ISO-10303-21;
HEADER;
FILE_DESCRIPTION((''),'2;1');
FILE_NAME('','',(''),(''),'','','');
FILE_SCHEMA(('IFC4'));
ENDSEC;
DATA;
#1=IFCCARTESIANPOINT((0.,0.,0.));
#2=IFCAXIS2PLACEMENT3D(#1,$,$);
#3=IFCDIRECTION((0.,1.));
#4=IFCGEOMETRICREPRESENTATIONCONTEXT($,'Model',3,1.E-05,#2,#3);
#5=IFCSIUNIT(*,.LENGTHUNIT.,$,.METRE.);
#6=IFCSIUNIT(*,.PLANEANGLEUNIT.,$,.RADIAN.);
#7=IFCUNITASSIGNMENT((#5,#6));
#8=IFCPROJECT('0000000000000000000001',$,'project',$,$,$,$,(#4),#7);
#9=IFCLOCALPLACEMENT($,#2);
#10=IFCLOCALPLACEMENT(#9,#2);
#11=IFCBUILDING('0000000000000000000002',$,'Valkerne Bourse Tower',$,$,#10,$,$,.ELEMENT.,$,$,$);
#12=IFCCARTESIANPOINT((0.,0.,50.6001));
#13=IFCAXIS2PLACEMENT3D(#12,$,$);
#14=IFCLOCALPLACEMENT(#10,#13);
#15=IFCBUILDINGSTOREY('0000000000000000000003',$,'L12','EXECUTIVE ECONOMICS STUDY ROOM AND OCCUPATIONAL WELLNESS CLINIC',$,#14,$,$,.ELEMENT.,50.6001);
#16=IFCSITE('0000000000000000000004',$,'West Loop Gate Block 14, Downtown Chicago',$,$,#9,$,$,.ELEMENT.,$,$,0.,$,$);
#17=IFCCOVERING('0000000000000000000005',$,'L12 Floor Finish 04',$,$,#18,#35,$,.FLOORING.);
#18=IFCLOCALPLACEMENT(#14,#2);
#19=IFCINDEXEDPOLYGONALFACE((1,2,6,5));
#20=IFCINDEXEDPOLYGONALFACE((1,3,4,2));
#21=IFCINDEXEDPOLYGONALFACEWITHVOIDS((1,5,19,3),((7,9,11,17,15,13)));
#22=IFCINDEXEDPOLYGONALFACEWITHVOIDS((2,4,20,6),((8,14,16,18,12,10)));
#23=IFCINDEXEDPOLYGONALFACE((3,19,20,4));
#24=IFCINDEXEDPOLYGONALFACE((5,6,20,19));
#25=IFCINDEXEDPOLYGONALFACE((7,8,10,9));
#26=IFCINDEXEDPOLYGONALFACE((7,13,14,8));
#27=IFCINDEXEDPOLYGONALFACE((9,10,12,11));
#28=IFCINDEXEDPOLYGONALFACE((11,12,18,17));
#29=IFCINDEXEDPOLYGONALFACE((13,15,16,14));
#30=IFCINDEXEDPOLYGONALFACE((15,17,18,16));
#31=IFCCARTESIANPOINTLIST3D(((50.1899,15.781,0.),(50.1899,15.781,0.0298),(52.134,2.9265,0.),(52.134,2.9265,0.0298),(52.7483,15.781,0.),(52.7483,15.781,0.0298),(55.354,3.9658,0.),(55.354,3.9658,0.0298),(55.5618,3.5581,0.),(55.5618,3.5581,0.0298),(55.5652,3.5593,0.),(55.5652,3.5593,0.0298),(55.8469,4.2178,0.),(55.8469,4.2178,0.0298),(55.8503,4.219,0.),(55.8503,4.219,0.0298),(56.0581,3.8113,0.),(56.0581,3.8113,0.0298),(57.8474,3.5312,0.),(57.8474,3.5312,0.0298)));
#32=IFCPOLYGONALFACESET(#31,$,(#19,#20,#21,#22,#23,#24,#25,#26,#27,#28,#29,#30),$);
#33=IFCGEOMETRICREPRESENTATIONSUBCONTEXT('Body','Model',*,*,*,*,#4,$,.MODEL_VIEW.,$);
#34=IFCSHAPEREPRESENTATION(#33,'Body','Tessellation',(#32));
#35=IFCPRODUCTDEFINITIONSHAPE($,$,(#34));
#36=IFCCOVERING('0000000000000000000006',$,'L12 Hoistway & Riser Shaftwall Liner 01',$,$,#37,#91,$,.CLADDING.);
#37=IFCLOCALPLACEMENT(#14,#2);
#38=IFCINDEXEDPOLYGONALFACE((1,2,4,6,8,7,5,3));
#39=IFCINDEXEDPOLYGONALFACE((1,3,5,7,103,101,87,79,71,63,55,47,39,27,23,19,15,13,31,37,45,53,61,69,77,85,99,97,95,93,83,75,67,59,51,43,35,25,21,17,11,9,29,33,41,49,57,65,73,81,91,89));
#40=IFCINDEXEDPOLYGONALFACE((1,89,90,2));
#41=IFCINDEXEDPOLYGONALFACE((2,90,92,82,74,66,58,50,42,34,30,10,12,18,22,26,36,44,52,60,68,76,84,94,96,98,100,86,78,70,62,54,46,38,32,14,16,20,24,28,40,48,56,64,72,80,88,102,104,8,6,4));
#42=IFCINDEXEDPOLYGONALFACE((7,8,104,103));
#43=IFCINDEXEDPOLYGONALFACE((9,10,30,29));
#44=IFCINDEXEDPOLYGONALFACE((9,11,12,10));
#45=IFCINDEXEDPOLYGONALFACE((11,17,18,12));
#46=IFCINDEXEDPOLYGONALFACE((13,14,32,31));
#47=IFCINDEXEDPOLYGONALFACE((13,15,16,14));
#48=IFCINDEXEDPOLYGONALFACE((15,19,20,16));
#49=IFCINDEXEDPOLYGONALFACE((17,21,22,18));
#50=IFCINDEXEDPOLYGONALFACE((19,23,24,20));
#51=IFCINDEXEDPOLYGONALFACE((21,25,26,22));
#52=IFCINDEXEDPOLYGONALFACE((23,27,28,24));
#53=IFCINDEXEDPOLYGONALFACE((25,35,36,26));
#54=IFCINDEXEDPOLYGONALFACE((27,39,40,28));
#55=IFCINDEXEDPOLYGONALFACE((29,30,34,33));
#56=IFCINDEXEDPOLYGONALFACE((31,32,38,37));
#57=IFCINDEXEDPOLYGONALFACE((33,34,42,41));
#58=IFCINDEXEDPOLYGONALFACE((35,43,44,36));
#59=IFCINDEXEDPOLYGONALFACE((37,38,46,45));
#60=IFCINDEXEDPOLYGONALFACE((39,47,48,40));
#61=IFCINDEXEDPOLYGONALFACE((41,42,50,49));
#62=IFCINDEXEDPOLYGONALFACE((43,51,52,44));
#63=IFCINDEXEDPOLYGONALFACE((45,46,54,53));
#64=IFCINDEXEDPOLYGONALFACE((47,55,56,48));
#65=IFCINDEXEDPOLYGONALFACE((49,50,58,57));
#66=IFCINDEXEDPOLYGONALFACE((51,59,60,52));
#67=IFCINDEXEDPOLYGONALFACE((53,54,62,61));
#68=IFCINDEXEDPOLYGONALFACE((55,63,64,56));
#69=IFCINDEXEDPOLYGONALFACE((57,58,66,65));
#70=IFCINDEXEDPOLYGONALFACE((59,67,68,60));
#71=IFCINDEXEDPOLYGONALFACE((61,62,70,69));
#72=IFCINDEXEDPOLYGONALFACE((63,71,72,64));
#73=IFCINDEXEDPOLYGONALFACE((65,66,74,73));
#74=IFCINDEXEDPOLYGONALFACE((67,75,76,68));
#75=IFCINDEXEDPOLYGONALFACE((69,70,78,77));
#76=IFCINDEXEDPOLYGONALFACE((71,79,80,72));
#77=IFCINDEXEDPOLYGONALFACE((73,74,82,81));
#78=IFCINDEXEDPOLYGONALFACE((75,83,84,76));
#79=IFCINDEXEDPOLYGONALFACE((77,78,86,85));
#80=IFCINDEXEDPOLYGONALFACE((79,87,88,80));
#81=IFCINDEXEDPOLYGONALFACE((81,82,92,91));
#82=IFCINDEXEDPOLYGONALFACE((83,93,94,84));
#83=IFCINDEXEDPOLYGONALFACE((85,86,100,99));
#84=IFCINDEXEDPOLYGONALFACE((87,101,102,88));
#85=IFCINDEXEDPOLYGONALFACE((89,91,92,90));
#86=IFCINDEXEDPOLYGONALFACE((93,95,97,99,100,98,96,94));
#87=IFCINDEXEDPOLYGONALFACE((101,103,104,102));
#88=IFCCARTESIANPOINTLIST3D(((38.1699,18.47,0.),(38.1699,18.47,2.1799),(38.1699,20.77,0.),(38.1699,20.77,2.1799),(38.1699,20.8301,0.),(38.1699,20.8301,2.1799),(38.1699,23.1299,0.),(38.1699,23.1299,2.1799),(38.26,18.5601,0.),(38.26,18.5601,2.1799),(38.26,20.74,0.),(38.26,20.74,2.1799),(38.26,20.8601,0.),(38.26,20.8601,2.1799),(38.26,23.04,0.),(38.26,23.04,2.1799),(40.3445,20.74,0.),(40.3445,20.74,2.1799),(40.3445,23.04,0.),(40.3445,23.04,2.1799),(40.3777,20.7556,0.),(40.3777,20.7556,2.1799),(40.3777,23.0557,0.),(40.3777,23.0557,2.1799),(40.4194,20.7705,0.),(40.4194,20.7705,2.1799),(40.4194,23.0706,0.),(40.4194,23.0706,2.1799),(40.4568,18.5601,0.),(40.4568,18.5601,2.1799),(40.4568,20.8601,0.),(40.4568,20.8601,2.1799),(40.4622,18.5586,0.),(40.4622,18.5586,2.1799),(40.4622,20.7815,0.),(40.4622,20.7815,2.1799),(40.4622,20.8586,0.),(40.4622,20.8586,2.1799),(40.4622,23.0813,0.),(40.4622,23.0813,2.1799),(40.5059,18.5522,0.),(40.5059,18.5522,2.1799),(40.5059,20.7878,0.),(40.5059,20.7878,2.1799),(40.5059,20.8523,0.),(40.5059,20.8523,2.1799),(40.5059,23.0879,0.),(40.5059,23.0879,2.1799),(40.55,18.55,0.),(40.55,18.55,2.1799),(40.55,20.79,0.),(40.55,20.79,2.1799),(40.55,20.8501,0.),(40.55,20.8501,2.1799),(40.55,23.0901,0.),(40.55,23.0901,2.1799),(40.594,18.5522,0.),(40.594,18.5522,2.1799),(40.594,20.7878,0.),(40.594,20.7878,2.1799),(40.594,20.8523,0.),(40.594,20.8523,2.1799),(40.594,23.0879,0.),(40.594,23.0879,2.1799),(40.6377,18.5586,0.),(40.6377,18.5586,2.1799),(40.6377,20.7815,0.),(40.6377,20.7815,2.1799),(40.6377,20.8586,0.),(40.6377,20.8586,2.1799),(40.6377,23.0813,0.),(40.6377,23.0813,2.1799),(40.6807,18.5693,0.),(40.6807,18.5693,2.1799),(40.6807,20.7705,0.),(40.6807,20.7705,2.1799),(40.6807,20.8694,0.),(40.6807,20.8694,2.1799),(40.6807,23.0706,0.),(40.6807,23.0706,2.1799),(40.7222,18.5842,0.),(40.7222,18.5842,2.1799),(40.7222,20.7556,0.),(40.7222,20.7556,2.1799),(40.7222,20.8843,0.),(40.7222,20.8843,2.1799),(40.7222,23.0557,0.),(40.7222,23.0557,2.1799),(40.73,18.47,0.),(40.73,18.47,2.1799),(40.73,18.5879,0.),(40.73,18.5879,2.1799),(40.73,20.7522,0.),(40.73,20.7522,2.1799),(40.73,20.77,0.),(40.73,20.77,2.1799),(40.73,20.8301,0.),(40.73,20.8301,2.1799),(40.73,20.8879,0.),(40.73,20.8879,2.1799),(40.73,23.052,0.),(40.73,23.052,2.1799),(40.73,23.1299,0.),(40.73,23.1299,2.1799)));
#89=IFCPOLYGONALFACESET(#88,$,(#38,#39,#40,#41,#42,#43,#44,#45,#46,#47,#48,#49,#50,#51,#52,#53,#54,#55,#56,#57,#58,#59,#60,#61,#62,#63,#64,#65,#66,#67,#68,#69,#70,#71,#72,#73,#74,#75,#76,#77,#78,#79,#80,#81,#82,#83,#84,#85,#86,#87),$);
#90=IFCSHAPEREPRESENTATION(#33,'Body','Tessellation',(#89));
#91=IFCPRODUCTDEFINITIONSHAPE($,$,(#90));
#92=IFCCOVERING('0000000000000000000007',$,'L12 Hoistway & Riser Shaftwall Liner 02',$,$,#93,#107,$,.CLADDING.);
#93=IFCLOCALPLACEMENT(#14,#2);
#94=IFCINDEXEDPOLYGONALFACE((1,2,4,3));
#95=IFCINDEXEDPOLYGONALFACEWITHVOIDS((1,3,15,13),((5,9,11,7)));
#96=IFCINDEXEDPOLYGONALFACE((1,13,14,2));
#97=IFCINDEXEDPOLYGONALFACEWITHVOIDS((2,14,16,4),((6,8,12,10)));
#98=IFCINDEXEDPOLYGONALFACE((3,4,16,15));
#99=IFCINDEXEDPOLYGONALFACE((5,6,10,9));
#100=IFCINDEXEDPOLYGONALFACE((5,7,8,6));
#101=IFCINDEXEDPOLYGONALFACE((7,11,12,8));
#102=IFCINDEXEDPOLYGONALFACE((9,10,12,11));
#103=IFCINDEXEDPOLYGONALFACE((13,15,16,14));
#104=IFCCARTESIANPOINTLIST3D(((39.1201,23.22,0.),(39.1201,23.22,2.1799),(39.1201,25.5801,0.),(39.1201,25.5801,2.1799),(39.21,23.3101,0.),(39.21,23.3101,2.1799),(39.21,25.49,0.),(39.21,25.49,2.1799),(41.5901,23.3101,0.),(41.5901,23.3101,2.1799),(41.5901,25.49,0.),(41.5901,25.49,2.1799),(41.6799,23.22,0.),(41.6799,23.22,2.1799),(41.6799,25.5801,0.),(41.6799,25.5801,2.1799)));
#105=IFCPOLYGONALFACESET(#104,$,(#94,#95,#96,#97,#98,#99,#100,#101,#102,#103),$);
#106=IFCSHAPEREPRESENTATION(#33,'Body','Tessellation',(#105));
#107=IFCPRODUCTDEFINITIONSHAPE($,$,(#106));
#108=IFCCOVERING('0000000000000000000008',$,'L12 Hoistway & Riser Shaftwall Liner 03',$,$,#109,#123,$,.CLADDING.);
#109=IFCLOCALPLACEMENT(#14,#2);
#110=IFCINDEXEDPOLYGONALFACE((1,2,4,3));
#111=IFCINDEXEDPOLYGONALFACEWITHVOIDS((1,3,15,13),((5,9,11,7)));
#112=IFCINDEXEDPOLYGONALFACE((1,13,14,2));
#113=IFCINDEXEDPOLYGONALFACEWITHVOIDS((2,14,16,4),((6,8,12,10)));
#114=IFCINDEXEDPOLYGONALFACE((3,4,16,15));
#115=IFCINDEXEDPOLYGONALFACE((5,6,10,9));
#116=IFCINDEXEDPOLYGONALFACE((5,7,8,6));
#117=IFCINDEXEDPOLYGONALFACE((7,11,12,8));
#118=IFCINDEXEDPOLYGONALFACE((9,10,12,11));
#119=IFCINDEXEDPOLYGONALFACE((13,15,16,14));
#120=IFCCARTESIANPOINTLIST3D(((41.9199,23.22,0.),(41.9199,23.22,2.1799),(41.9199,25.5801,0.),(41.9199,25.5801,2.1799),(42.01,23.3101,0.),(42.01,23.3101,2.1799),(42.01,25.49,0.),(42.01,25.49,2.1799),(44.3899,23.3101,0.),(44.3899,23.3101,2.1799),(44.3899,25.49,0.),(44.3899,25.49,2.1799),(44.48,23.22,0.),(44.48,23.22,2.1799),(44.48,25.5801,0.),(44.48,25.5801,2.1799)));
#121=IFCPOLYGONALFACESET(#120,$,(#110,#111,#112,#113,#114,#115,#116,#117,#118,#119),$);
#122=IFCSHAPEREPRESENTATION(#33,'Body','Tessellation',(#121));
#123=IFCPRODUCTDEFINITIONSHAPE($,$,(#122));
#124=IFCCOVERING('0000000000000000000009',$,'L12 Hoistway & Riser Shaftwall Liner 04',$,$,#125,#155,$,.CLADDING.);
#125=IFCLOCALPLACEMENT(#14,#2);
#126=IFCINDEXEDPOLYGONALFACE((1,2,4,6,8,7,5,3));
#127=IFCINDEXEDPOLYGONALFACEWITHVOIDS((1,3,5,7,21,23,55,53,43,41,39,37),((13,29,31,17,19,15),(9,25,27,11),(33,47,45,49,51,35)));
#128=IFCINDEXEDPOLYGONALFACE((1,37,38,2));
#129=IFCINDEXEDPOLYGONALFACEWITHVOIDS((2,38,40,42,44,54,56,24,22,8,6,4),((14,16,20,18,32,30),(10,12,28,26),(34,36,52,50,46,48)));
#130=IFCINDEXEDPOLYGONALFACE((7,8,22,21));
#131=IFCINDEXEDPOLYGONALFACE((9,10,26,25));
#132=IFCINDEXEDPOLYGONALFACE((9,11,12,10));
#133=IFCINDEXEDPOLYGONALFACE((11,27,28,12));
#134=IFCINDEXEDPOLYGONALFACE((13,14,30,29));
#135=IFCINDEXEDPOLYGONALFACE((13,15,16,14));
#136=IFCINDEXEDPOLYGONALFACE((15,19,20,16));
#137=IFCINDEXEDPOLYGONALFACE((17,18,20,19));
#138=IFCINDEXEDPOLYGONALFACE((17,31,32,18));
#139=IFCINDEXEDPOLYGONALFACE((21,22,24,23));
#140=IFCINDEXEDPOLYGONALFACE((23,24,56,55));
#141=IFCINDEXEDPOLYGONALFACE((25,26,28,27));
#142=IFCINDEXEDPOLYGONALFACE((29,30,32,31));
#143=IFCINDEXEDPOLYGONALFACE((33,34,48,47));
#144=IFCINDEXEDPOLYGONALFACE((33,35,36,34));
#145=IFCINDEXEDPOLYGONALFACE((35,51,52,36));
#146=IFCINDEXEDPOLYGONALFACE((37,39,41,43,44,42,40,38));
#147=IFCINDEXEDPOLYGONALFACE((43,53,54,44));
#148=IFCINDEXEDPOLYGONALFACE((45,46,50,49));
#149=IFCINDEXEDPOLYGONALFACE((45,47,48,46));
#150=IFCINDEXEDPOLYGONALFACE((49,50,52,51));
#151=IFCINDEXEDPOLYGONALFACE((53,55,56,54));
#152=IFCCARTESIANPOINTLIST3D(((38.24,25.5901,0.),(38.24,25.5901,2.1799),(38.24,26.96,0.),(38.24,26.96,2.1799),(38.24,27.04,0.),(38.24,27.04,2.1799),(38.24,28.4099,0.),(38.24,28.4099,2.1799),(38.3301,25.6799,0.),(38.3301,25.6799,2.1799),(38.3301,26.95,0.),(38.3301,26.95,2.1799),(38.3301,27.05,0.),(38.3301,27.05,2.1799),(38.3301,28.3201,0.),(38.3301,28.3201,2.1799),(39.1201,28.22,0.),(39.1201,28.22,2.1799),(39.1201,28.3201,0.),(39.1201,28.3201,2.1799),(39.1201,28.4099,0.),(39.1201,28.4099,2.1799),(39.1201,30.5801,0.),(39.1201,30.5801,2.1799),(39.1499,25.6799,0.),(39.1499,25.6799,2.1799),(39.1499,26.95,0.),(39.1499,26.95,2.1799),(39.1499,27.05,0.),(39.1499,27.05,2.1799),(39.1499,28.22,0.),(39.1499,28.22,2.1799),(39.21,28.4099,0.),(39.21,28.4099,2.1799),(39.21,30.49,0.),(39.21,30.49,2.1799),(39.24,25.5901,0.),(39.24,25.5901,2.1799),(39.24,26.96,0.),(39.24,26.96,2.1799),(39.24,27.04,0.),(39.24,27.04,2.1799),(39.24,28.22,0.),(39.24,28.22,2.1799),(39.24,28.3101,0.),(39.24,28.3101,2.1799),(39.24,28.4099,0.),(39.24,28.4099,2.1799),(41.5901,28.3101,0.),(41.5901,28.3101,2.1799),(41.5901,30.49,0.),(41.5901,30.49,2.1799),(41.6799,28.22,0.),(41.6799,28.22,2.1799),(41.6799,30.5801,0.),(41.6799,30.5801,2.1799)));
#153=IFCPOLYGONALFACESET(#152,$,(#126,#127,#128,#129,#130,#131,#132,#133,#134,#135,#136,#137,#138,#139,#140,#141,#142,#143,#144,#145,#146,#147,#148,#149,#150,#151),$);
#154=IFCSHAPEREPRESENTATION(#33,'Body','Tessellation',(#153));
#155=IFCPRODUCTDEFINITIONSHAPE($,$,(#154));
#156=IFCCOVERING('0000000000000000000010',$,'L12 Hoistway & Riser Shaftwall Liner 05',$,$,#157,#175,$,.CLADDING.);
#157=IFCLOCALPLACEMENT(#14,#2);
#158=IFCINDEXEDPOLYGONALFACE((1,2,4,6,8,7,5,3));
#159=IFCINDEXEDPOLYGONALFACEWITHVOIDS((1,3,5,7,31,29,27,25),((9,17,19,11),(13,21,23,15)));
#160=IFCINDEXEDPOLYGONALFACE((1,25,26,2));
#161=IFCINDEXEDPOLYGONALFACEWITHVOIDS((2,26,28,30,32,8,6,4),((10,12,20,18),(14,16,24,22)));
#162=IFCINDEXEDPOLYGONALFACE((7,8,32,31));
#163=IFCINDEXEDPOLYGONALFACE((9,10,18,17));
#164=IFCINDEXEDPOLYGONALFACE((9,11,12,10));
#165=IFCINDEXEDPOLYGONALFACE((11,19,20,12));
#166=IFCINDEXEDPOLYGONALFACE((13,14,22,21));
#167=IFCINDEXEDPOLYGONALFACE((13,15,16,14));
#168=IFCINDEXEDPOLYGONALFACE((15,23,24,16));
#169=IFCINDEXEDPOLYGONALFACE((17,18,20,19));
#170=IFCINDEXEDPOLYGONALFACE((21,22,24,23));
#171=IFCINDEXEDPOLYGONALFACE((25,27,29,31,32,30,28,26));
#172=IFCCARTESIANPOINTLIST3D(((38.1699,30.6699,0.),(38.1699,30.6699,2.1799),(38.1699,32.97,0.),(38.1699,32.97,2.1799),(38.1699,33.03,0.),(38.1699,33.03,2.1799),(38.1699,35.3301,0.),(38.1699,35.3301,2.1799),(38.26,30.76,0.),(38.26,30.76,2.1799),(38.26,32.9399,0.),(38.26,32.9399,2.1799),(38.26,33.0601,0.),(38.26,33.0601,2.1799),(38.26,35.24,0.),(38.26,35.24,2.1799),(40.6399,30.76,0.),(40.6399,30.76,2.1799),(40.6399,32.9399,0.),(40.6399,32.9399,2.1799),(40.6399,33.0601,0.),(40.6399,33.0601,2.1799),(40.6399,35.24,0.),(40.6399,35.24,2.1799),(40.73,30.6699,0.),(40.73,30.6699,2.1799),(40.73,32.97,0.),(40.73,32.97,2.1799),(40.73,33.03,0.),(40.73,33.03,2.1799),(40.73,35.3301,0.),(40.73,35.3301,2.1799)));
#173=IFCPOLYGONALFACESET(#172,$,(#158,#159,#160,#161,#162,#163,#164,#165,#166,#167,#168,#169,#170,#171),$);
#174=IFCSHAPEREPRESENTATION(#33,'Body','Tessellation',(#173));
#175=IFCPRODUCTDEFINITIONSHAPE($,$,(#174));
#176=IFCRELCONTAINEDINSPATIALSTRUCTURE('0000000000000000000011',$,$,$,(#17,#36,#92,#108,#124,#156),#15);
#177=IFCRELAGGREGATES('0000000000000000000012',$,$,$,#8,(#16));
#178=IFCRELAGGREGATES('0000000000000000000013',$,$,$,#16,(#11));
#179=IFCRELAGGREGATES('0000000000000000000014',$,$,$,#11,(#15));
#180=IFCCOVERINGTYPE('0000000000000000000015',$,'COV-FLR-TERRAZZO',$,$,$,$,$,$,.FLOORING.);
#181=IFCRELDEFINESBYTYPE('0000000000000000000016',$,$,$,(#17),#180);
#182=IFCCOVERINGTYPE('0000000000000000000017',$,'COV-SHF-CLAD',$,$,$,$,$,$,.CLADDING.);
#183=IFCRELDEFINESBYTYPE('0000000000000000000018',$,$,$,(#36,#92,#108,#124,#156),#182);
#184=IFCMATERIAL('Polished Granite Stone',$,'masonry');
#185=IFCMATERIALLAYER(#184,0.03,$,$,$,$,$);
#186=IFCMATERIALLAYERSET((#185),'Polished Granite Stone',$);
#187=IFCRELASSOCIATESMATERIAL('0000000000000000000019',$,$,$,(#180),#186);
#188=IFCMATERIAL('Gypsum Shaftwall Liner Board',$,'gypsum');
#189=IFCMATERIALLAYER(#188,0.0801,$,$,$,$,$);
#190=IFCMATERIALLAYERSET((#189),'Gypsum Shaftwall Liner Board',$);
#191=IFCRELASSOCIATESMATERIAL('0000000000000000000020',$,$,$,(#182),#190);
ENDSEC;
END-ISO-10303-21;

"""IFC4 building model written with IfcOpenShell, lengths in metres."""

from ifc_helpers import new_model, si_unit, direction, frame, origin, place, context, subcontext, project, spatial, polyline, outline, extrude, material, layer, layer_set, type_object, element, save


model = new_model("IFC4")

# Units and contexts
model_context = context("Model", 3, precision=1e-05, world=origin(), true_north=direction((0.0, 1.0)))
body_context = subcontext(model_context, "Body", "Model", "MODEL_VIEW")
ifc_project = project(units=[si_unit("LENGTHUNIT", "METRE"), si_unit("PLANEANGLEUNIT", "RADIAN")], contexts=[model_context])

# Site, building, storey
site_placement = place(None, origin())
site = spatial("IfcSite", under=ifc_project, at=site_placement, Name="West Loop Gate Block 14, Downtown Chicago", CompositionType="ELEMENT", RefElevation=0.0)
building_placement = place(site_placement, origin())
building = spatial("IfcBuilding", under=site, at=building_placement, Name="Valkerne Bourse Tower", CompositionType="ELEMENT")
storey_placement = place(building_placement, frame((0.0, 0.0, 50.6001)))
storey = spatial("IfcBuildingStorey", under=building, at=storey_placement, Name="L12", Description="EXECUTIVE ECONOMICS STUDY ROOM AND OCCUPATIONAL WELLNESS CLINIC", CompositionType="ELEMENT", Elevation=50.6001)

# Coverings
ifc_material_1 = material(Name="Polished Granite Stone", Category="masonry")
ifc_layer_1 = layer(ifc_material_1, 0.03)
ifc_layer_set_1 = layer_set([ifc_layer_1], Name="Polished Granite Stone")
covering_type_1 = type_object("IfcCoveringType", Name="COV-FLR-TERRAZZO", PredefinedType="FLOORING", material=ifc_layer_set_1)
covering_1_placement = place(storey_placement, origin())
element("IfcCovering", 1, at=covering_1_placement, inside=storey, type_object=covering_type_1, Name="L12 Floor Finish 04", PredefinedType="FLOORING", context=body_context, shape_type="SweptSolid", body=[
    extrude(outline(polyline([(52.7483, 15.781), (57.8474, 3.5312), (52.134, 2.9265), (50.1899, 15.781), (52.7483, 15.781)]), holes=[polyline([(56.0581, 3.8113), (55.8503, 4.219), (55.8469, 4.2178), (55.354, 3.9658), (55.5618, 3.5581), (55.5652, 3.5593), (56.0581, 3.8113)])]), origin(), (0.0, 0.0, 1.0), 0.0298),
])
ifc_material_2 = material(Name="Gypsum Shaftwall Liner Board", Category="gypsum")
ifc_layer_2 = layer(ifc_material_2, 0.0801)
ifc_layer_set_2 = layer_set([ifc_layer_2], Name="Gypsum Shaftwall Liner Board")
covering_type_2 = type_object("IfcCoveringType", Name="COV-SHF-CLAD", PredefinedType="CLADDING", material=ifc_layer_set_2)
covering_2_placement = place(storey_placement, origin())
element("IfcCovering", 2, at=covering_2_placement, inside=storey, type_object=covering_type_2, Name="L12 Hoistway & Riser Shaftwall Liner 01", PredefinedType="CLADDING", context=body_context, shape_type="SweptSolid", body=[
    extrude(outline(polyline([(38.1699, 23.1299), (40.73, 23.1299), (40.73, 23.052), (40.7222, 23.0557), (40.6807, 23.0706), (40.6377, 23.0813), (40.594, 23.0879), (40.55, 23.0901), (40.5059, 23.0879), (40.4622, 23.0813), (40.4194, 23.0706), (40.3777, 23.0557), (40.3445, 23.04), (38.26, 23.04), (38.26, 20.8601), (40.4568, 20.8601), (40.4622, 20.8586), (40.5059, 20.8523), (40.55, 20.8501), (40.594, 20.8523), (40.6377, 20.8586), (40.6807, 20.8694), (40.7222, 20.8843), (40.73, 20.8879), (40.73, 20.8301), (40.73, 20.77), (40.73, 20.7522), (40.7222, 20.7556), (40.6807, 20.7705), (40.6377, 20.7815), (40.594, 20.7878), (40.55, 20.79), (40.5059, 20.7878), (40.4622, 20.7815), (40.4194, 20.7705), (40.3777, 20.7556), (40.3445, 20.74), (38.26, 20.74), (38.26, 18.5601), (40.4568, 18.5601), (40.4622, 18.5586), (40.5059, 18.5522), (40.55, 18.55), (40.594, 18.5522), (40.6377, 18.5586), (40.6807, 18.5693), (40.7222, 18.5842), (40.73, 18.5879), (40.73, 18.47), (38.1699, 18.47), (38.1699, 20.77), (38.1699, 20.8301), (38.1699, 23.1299)])), origin(), (0.0, 0.0, 1.0), 2.1799),
])
covering_3_placement = place(storey_placement, origin())
element("IfcCovering", 3, at=covering_3_placement, inside=storey, type_object=covering_type_2, Name="L12 Hoistway & Riser Shaftwall Liner 02", PredefinedType="CLADDING", context=body_context, shape_type="SweptSolid", body=[
    extrude(outline(polyline([(41.6799, 23.22), (39.1201, 23.22), (39.1201, 25.5801), (41.6799, 25.5801), (41.6799, 23.22)]), holes=[polyline([(39.21, 25.49), (39.21, 23.3101), (41.5901, 23.3101), (41.5901, 25.49), (39.21, 25.49)])]), origin(), (0.0, 0.0, 1.0), 2.1799),
])
covering_4_placement = place(storey_placement, origin())
element("IfcCovering", 4, at=covering_4_placement, inside=storey, type_object=covering_type_2, Name="L12 Hoistway & Riser Shaftwall Liner 03", PredefinedType="CLADDING", context=body_context, shape_type="SweptSolid", body=[
    extrude(outline(polyline([(44.48, 23.22), (41.9199, 23.22), (41.9199, 25.5801), (44.48, 25.5801), (44.48, 23.22)]), holes=[polyline([(42.01, 25.49), (42.01, 23.3101), (44.3899, 23.3101), (44.3899, 25.49), (42.01, 25.49)])]), origin(), (0.0, 0.0, 1.0), 2.1799),
])
covering_5_placement = place(storey_placement, origin())
element("IfcCovering", 5, at=covering_5_placement, inside=storey, type_object=covering_type_2, Name="L12 Hoistway & Riser Shaftwall Liner 04", PredefinedType="CLADDING", context=body_context, shape_type="SweptSolid", body=[
    extrude(outline(polyline([(38.24, 28.4099), (39.1201, 28.4099), (39.1201, 30.5801), (41.6799, 30.5801), (41.6799, 28.22), (39.24, 28.22), (39.24, 27.04), (39.24, 26.96), (39.24, 25.5901), (38.24, 25.5901), (38.24, 26.96), (38.24, 27.04), (38.24, 28.4099)]), holes=[polyline([(39.21, 30.49), (39.21, 28.4099), (39.24, 28.4099), (39.24, 28.3101), (41.5901, 28.3101), (41.5901, 30.49), (39.21, 30.49)]), polyline([(38.3301, 26.95), (38.3301, 25.6799), (39.1499, 25.6799), (39.1499, 26.95), (38.3301, 26.95)]), polyline([(39.1201, 28.22), (39.1201, 28.3201), (38.3301, 28.3201), (38.3301, 27.05), (39.1499, 27.05), (39.1499, 28.22), (39.1201, 28.22)])]), origin(), (0.0, 0.0, 1.0), 2.1799),
])
covering_6_placement = place(storey_placement, origin())
element("IfcCovering", 6, at=covering_6_placement, inside=storey, type_object=covering_type_2, Name="L12 Hoistway & Riser Shaftwall Liner 05", PredefinedType="CLADDING", context=body_context, shape_type="SweptSolid", body=[
    extrude(outline(polyline([(38.1699, 35.3301), (40.73, 35.3301), (40.73, 33.03), (40.73, 32.97), (40.73, 30.6699), (38.1699, 30.6699), (38.1699, 32.97), (38.1699, 33.03), (38.1699, 35.3301)]), holes=[polyline([(38.26, 32.9399), (38.26, 30.76), (40.6399, 30.76), (40.6399, 32.9399), (38.26, 32.9399)]), polyline([(38.26, 35.24), (38.26, 33.0601), (40.6399, 33.0601), (40.6399, 35.24), (38.26, 35.24)])]), origin(), (0.0, 0.0, 1.0), 2.1799),
])

save(model, "model.ifc")
